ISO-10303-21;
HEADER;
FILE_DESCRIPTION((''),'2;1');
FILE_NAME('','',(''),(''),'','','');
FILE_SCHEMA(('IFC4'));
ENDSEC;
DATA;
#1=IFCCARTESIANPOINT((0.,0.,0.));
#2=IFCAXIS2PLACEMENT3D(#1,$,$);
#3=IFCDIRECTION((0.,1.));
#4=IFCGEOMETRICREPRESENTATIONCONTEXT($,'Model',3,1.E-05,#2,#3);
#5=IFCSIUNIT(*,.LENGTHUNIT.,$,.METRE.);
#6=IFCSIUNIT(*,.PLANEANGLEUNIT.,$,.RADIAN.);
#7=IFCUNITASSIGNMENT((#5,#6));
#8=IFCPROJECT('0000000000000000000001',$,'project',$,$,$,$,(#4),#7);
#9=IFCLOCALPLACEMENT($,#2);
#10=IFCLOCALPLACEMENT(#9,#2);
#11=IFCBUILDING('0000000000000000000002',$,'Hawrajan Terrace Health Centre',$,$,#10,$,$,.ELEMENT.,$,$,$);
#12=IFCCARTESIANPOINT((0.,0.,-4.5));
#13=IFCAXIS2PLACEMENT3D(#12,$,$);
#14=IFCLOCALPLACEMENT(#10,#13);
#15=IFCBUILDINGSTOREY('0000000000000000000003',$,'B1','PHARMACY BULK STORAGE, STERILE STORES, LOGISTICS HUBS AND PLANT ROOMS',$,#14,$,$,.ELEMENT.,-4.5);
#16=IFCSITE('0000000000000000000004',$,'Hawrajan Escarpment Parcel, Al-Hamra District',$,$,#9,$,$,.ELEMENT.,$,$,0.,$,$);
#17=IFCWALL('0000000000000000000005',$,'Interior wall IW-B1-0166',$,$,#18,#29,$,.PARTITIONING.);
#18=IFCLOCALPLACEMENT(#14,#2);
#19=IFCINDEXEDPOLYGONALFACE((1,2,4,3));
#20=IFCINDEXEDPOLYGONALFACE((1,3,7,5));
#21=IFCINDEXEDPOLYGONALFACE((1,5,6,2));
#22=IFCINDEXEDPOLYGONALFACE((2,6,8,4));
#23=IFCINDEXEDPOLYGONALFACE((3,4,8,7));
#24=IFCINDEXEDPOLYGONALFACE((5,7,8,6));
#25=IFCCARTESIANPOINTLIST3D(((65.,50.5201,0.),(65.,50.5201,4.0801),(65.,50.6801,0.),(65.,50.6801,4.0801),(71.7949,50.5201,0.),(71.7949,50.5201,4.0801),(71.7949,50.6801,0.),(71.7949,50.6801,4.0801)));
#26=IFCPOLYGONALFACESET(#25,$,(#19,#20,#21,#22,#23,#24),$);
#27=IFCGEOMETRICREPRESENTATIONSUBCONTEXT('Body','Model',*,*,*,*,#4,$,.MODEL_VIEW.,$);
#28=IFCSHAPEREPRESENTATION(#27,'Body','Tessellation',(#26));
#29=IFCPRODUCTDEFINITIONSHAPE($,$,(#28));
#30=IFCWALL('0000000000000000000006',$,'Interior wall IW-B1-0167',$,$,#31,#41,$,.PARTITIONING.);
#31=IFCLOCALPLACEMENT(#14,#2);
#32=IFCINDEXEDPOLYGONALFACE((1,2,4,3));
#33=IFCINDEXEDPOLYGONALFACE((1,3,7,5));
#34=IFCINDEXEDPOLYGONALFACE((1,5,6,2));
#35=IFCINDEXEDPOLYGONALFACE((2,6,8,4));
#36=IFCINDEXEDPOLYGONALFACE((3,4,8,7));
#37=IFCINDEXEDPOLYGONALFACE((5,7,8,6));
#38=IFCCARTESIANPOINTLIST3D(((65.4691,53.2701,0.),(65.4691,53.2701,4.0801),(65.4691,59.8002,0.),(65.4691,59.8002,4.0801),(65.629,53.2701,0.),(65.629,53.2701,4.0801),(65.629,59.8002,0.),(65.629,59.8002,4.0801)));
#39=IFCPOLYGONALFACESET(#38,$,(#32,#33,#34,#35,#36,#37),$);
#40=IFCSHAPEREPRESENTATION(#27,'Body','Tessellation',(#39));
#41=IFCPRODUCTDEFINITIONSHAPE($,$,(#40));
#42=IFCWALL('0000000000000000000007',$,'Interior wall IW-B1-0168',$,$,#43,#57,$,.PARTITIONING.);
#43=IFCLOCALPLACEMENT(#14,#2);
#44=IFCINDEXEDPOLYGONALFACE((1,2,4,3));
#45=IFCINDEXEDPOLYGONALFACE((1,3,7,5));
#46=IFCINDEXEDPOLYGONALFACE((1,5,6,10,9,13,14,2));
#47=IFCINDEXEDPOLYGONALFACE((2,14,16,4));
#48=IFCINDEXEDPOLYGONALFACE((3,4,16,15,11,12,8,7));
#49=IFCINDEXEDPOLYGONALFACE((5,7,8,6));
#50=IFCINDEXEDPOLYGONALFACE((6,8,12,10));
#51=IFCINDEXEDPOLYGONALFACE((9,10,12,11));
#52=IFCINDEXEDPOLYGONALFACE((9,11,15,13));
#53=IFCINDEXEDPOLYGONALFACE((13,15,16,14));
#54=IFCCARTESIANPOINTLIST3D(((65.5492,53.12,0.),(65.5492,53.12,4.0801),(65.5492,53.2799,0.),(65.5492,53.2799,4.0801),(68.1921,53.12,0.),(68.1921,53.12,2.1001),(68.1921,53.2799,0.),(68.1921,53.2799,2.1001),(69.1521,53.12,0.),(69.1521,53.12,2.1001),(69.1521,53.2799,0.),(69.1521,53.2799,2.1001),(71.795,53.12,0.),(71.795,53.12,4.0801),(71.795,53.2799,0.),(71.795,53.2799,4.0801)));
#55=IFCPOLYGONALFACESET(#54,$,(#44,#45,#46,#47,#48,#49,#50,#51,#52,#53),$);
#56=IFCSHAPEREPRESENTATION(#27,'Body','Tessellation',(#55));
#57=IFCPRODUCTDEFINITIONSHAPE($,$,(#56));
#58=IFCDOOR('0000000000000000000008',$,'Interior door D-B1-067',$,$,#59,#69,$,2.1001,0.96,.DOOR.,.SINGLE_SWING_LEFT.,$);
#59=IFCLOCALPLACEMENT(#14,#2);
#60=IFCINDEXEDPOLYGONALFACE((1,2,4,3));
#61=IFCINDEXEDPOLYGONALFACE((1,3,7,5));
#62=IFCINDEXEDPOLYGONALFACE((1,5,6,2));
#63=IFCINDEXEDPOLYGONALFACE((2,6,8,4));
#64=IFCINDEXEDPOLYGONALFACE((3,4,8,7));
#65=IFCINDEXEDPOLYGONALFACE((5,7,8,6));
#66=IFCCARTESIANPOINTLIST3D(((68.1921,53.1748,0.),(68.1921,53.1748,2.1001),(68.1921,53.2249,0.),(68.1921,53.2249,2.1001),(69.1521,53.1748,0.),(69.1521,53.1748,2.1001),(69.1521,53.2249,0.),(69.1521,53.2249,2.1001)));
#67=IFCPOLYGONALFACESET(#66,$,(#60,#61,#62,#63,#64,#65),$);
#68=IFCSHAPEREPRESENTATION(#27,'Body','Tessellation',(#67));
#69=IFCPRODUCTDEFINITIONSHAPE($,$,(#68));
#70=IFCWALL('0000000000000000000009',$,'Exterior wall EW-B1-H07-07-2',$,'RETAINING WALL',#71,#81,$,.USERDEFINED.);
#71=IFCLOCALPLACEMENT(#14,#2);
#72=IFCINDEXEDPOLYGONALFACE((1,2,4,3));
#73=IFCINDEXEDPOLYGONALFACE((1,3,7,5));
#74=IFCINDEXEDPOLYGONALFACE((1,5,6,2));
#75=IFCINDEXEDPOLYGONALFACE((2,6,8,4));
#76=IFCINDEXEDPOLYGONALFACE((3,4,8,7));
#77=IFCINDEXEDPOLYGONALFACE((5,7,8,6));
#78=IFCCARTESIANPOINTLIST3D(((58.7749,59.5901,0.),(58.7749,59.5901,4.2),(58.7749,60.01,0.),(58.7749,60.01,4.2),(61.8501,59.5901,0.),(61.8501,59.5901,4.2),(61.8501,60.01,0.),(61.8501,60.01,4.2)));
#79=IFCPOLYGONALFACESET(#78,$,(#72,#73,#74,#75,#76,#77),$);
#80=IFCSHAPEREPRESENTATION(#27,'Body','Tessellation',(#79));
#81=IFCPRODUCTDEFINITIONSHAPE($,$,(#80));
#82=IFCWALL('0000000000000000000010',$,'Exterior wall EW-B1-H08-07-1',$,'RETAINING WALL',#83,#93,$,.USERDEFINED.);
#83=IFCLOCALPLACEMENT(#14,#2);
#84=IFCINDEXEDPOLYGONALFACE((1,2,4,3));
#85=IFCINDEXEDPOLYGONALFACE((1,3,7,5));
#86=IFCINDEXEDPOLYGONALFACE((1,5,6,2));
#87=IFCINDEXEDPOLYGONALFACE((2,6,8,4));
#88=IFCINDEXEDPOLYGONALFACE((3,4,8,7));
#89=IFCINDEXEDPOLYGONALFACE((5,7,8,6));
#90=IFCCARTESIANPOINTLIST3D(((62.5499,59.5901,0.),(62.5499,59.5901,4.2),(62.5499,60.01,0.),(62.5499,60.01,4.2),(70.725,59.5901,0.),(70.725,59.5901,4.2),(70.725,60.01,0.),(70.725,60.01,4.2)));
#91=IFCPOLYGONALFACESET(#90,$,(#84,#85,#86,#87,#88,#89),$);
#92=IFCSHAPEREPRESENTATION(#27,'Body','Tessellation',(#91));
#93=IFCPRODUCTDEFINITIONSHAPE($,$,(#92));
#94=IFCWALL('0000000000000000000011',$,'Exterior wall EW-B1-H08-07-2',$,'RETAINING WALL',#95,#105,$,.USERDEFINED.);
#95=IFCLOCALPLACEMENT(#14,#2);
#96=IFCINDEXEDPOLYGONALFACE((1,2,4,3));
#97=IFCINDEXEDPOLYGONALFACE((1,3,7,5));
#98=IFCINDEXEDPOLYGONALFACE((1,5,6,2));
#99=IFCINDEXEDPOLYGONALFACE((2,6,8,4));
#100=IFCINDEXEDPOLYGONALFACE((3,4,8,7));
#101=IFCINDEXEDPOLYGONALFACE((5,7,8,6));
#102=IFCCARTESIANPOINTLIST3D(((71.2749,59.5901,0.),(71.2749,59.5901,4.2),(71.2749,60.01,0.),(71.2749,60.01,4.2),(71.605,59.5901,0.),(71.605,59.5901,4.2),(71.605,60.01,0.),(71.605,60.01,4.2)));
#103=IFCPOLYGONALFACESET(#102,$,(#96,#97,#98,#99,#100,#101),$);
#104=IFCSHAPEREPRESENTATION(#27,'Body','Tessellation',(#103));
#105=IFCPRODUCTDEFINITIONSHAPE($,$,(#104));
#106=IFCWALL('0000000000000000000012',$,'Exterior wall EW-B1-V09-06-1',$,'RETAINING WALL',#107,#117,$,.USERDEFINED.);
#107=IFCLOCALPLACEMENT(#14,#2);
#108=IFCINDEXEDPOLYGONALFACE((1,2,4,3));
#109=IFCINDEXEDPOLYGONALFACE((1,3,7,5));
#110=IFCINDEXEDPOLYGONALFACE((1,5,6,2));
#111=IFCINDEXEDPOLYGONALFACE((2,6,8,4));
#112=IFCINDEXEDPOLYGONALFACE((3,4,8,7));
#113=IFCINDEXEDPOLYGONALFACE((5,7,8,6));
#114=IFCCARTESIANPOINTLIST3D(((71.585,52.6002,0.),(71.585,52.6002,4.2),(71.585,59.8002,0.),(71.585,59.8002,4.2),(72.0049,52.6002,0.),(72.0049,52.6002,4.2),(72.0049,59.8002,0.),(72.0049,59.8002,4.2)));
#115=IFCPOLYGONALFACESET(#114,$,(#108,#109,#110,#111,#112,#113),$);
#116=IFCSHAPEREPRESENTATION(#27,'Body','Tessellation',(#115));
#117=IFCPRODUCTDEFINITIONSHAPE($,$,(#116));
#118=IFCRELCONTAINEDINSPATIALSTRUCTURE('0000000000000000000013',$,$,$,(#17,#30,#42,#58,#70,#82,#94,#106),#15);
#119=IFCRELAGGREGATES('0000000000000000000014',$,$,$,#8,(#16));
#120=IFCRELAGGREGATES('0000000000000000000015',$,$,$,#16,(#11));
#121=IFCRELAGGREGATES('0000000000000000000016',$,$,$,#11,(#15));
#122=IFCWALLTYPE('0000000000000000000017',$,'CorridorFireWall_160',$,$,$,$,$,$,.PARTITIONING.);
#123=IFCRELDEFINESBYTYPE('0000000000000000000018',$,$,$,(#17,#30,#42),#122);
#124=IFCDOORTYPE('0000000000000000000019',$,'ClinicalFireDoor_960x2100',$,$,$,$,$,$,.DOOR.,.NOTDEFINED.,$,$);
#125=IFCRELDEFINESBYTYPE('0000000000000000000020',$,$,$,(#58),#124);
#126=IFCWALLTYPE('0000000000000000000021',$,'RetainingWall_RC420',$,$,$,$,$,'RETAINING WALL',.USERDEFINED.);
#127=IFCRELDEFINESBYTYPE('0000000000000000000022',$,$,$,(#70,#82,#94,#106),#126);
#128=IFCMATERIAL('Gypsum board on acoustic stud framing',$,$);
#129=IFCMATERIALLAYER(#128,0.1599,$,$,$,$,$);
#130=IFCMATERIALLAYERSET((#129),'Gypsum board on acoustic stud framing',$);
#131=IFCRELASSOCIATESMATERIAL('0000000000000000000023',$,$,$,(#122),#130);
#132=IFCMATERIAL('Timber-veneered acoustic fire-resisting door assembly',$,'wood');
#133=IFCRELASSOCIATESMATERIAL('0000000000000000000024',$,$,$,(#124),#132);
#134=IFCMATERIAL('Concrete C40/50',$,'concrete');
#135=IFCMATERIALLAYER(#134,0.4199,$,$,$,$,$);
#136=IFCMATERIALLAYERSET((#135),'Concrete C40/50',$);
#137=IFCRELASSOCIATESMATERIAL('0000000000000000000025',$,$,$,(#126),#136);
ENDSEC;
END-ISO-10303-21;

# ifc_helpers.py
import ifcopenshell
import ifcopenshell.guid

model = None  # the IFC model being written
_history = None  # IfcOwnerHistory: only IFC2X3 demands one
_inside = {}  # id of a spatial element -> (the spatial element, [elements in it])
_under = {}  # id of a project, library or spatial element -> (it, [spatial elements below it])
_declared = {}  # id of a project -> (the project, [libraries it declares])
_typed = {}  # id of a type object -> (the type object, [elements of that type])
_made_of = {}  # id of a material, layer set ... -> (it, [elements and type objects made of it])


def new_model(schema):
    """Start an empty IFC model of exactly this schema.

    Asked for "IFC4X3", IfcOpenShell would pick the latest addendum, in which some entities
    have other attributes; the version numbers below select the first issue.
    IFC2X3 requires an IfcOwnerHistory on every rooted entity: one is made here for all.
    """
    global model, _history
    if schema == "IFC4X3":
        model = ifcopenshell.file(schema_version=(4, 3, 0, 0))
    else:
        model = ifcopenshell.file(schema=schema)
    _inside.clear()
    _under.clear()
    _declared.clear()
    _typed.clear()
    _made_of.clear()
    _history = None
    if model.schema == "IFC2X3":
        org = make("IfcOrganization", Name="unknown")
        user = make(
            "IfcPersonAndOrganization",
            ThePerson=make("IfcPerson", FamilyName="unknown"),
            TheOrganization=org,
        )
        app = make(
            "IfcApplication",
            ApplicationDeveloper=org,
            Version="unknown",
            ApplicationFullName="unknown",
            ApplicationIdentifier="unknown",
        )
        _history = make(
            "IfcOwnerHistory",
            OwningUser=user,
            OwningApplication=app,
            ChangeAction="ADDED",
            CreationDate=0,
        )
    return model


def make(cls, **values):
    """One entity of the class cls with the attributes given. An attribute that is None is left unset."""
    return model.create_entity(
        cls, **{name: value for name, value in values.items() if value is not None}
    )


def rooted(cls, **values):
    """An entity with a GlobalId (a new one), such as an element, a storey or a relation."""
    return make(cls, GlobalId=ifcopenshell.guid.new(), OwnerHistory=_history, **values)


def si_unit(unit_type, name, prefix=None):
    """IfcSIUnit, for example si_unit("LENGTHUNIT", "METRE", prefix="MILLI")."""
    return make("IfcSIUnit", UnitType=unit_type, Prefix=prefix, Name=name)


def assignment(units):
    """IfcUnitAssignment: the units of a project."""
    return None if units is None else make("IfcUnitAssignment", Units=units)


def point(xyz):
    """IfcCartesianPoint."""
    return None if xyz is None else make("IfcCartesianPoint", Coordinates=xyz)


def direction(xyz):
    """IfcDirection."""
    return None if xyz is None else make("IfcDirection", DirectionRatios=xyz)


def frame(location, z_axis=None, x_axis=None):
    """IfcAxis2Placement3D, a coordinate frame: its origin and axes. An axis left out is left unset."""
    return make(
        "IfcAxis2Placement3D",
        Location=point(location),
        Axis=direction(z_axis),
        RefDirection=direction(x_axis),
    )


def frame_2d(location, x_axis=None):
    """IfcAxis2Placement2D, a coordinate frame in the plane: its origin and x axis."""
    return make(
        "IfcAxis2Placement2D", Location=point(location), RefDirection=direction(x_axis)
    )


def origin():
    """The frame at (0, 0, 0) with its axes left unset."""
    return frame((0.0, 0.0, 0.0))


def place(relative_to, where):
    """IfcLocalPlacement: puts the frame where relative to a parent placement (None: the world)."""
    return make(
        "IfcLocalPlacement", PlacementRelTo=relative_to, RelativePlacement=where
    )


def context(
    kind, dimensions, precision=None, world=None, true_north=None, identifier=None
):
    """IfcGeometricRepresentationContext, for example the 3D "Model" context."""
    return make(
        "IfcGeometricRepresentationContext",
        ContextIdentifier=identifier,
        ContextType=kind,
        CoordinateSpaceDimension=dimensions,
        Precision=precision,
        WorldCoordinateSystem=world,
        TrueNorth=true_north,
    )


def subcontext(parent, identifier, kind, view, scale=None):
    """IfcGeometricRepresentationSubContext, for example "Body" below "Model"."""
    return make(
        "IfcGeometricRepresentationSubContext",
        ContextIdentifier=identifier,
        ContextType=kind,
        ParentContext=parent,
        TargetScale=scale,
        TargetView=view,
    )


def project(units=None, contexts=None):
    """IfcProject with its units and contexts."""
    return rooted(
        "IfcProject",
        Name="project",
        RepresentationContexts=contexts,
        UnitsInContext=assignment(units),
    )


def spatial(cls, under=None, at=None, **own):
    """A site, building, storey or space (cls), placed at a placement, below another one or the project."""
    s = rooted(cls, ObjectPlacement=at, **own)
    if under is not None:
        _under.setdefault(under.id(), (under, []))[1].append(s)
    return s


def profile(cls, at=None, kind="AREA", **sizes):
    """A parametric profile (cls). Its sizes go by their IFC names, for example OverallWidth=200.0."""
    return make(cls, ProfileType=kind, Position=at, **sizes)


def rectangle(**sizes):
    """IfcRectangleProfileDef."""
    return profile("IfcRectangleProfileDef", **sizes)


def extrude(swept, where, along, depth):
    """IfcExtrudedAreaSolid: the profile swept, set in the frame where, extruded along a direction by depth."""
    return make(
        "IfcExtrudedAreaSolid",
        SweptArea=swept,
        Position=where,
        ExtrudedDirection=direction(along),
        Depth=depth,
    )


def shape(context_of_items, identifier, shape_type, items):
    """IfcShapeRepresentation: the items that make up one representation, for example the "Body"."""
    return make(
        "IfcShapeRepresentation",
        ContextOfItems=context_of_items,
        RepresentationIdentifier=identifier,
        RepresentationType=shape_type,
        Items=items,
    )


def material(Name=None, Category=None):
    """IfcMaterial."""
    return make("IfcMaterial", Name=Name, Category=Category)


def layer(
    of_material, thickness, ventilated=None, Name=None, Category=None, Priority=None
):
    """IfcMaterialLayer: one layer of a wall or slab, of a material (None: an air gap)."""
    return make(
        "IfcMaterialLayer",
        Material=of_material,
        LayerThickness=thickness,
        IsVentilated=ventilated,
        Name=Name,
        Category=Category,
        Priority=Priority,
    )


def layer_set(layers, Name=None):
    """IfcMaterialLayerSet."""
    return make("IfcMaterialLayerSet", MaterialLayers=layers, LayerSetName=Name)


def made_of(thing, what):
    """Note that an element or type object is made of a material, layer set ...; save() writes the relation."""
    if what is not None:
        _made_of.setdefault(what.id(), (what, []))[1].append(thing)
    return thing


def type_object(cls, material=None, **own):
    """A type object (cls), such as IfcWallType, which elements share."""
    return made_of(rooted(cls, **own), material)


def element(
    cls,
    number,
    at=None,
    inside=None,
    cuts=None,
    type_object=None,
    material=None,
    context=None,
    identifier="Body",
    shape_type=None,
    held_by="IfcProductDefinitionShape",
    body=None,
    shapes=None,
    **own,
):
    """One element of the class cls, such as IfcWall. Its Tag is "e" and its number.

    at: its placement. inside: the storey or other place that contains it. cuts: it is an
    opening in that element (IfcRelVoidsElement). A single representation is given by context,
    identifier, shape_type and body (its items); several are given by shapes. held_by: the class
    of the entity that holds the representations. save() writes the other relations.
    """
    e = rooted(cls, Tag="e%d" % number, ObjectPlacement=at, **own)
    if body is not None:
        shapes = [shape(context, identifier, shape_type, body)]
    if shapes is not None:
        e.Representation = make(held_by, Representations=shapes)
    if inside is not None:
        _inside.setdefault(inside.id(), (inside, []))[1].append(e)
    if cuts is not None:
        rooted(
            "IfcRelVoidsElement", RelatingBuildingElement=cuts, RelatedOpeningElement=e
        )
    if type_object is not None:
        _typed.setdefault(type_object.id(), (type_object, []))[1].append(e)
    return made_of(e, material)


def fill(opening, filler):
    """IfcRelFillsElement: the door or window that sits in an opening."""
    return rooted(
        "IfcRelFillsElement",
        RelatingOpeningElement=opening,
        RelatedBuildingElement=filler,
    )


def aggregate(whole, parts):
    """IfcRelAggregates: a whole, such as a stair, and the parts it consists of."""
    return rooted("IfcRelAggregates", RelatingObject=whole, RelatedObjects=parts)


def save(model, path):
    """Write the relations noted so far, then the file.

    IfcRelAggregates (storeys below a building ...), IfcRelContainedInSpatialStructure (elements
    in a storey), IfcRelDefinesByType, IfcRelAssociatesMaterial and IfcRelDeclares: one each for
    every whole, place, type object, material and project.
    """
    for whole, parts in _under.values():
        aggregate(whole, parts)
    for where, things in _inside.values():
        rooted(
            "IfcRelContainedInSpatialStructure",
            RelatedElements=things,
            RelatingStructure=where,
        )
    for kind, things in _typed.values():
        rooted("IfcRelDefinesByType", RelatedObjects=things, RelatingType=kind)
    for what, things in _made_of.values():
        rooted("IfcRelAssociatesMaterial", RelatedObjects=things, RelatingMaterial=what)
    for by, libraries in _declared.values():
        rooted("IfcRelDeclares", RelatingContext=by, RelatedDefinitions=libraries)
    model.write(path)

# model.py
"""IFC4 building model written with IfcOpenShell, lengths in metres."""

from ifc_helpers import new_model, si_unit, direction, frame, frame_2d, origin, place, context, subcontext, project, spatial, rectangle, extrude, material, layer, layer_set, type_object, element, fill, save


model = new_model("IFC4")

# Units and contexts
model_context = context("Model", 3, precision=1e-05, world=origin(), true_north=direction((0.0, 1.0)))
body_context = subcontext(model_context, "Body", "Model", "MODEL_VIEW")
ifc_project = project(units=[si_unit("LENGTHUNIT", "METRE"), si_unit("PLANEANGLEUNIT", "RADIAN")], contexts=[model_context])

# Site, building, storey
site_placement = place(None, origin())
site = spatial("IfcSite", under=ifc_project, at=site_placement, Name="Hawrajan Escarpment Parcel, Al-Hamra District", CompositionType="ELEMENT", RefElevation=0.0)
building_placement = place(site_placement, origin())
building = spatial("IfcBuilding", under=site, at=building_placement, Name="Hawrajan Terrace Health Centre", CompositionType="ELEMENT")
storey_placement = place(building_placement, frame((0.0, 0.0, -4.5)))
storey = spatial("IfcBuildingStorey", under=building, at=storey_placement, Name="B1", Description="PHARMACY BULK STORAGE, STERILE STORES, LOGISTICS HUBS AND PLANT ROOMS", CompositionType="ELEMENT", Elevation=-4.5)

# Shared definitions
ifc_material_1 = material(Name="Concrete C40/50", Category="concrete")

# Shared definitions
ifc_material_2 = material(Name="Gypsum board on acoustic stud framing")

# Shared definitions
ifc_layer_1 = layer(ifc_material_2, 0.1599)
ifc_layer_set_1 = layer_set([ifc_layer_1], Name="Gypsum board on acoustic stud framing")
wall_type_1 = type_object("IfcWallType", Name="CorridorFireWall_160", PredefinedType="PARTITIONING", material=ifc_layer_set_1)

# Shared definitions
ifc_material_3 = material(Name="Timber-veneered acoustic fire-resisting door assembly", Category="wood")
door_type_1 = type_object("IfcDoorType", Name="ClinicalFireDoor_960x2100", OperationType="NOTDEFINED", PredefinedType="DOOR", material=ifc_material_3)

# Walls
wall_1_placement = place(storey_placement, frame((65.0, 50.6001, 0.0), z_axis=(0.0, 0.0, 1.0), x_axis=(1.0, 0.0, 0.0)))
element("IfcWall", 1, at=wall_1_placement, inside=storey, type_object=wall_type_1, Name="Interior wall IW-B1-0166", PredefinedType="PARTITIONING", context=body_context, shape_type="SweptSolid", body=[
    extrude(rectangle(XDim=6.7949, YDim=0.1599, at=frame_2d((3.3975, 0.0))), origin(), (0.0, 0.0, 1.0), 4.0801),
])
wall_2_placement = place(storey_placement, frame((65.5491, 53.27, 0.0), z_axis=(0.0, 0.0, 1.0), x_axis=(0.0, 1.0, 0.0)))
element("IfcWall", 2, at=wall_2_placement, inside=storey, type_object=wall_type_1, Name="Interior wall IW-B1-0167", PredefinedType="PARTITIONING", context=body_context, shape_type="SweptSolid", body=[
    extrude(rectangle(XDim=6.53, YDim=0.1599, at=frame_2d((3.2651, 0.0))), origin(), (0.0, 0.0, 1.0), 4.0801),
])

# Wall, opening, door
wall_3_placement = place(storey_placement, frame((65.5491, 53.2, 0.0), z_axis=(0.0, 0.0, 1.0), x_axis=(1.0, 0.0, 0.0)))
wall_3 = element("IfcWall", 3, at=wall_3_placement, inside=storey, type_object=wall_type_1, Name="Interior wall IW-B1-0168", PredefinedType="PARTITIONING", context=body_context, shape_type="SweptSolid", body=[
    extrude(rectangle(XDim=6.2458, YDim=0.1599, at=frame_2d((3.123, 0.0))), origin(), (0.0, 0.0, 1.0), 4.0801),
])
opening_1_placement = place(wall_3_placement, frame((2.6431, 0.0, 0.0)))
opening_1 = element("IfcOpeningElement", 4, at=opening_1_placement, cuts=wall_3, PredefinedType="OPENING", context=body_context, shape_type="SweptSolid", body=[
    extrude(rectangle(XDim=0.96, YDim=2.1001, at=frame_2d((0.48, 1.05))), frame((0.0, 0.0898, 0.0), z_axis=(0.0, -1.0, 0.0), x_axis=(1.0, 0.0, 0.0)), (0.0, 0.0, 1.0), 0.1799),
])
door_1_placement = place(opening_1_placement, origin())
door_1 = element("IfcDoor", 5, at=door_1_placement, inside=storey, type_object=door_type_1, Name="Interior door D-B1-067", OperationType="SINGLE_SWING_LEFT", OverallHeight=2.1001, OverallWidth=0.96, PredefinedType="DOOR", context=body_context, shape_type="SweptSolid", body=[
    extrude(rectangle(XDim=0.96, YDim=2.1001, at=frame_2d((0.48, 1.05))), frame((0.0, 0.0249, 0.0), z_axis=(0.0, -1.0, 0.0), x_axis=(1.0, 0.0, 0.0)), (0.0, 0.0, 1.0), 0.05),
])
fill(opening_1, door_1)

# Walls
ifc_layer_2 = layer(ifc_material_1, 0.4199)
ifc_layer_set_2 = layer_set([ifc_layer_2], Name="Concrete C40/50")
wall_type_2 = type_object("IfcWallType", Name="RetainingWall_RC420", ElementType="RETAINING WALL", PredefinedType="USERDEFINED", material=ifc_layer_set_2)
wall_4_placement = place(storey_placement, frame((58.7749, 59.8, 0.0), z_axis=(0.0, 0.0, 1.0), x_axis=(1.0, 0.0, 0.0)))
element("IfcWall", 6, at=wall_4_placement, inside=storey, type_object=wall_type_2, Name="Exterior wall EW-B1-H07-07-2", ObjectType="RETAINING WALL", PredefinedType="USERDEFINED", context=body_context, shape_type="SweptSolid", body=[
    extrude(rectangle(XDim=3.0752, YDim=0.4199, at=frame_2d((1.5376, 0.0))), origin(), (0.0, 0.0, 1.0), 4.2),
])
wall_5_placement = place(storey_placement, frame((62.55, 59.8, 0.0), z_axis=(0.0, 0.0, 1.0), x_axis=(1.0, 0.0, 0.0)))
element("IfcWall", 7, at=wall_5_placement, inside=storey, type_object=wall_type_2, Name="Exterior wall EW-B1-H08-07-1", ObjectType="RETAINING WALL", PredefinedType="USERDEFINED", context=body_context, shape_type="SweptSolid", body=[
    extrude(rectangle(XDim=8.175, YDim=0.4199, at=frame_2d((4.0874, 0.0))), origin(), (0.0, 0.0, 1.0), 4.2),
])
wall_6_placement = place(storey_placement, frame((71.2749, 59.8, 0.0), z_axis=(0.0, 0.0, 1.0), x_axis=(1.0, 0.0, 0.0)))
element("IfcWall", 8, at=wall_6_placement, inside=storey, type_object=wall_type_2, Name="Exterior wall EW-B1-H08-07-2", ObjectType="RETAINING WALL", PredefinedType="USERDEFINED", context=body_context, shape_type="SweptSolid", body=[
    extrude(rectangle(XDim=0.3301, YDim=0.4199, at=frame_2d((0.165, 0.0))), origin(), (0.0, 0.0, 1.0), 4.2),
])
wall_7_placement = place(storey_placement, frame((71.7949, 52.6001, 0.0), z_axis=(0.0, 0.0, 1.0), x_axis=(0.0, 1.0, 0.0)))
element("IfcWall", 9, at=wall_7_placement, inside=storey, type_object=wall_type_2, Name="Exterior wall EW-B1-V09-06-1", ObjectType="RETAINING WALL", PredefinedType="USERDEFINED", context=body_context, shape_type="SweptSolid", body=[
    extrude(rectangle(XDim=7.2, YDim=0.4199, at=frame_2d((3.6001, 0.0))), origin(), (0.0, 0.0, 1.0), 4.2),
])

save(model, "model.ifc")
